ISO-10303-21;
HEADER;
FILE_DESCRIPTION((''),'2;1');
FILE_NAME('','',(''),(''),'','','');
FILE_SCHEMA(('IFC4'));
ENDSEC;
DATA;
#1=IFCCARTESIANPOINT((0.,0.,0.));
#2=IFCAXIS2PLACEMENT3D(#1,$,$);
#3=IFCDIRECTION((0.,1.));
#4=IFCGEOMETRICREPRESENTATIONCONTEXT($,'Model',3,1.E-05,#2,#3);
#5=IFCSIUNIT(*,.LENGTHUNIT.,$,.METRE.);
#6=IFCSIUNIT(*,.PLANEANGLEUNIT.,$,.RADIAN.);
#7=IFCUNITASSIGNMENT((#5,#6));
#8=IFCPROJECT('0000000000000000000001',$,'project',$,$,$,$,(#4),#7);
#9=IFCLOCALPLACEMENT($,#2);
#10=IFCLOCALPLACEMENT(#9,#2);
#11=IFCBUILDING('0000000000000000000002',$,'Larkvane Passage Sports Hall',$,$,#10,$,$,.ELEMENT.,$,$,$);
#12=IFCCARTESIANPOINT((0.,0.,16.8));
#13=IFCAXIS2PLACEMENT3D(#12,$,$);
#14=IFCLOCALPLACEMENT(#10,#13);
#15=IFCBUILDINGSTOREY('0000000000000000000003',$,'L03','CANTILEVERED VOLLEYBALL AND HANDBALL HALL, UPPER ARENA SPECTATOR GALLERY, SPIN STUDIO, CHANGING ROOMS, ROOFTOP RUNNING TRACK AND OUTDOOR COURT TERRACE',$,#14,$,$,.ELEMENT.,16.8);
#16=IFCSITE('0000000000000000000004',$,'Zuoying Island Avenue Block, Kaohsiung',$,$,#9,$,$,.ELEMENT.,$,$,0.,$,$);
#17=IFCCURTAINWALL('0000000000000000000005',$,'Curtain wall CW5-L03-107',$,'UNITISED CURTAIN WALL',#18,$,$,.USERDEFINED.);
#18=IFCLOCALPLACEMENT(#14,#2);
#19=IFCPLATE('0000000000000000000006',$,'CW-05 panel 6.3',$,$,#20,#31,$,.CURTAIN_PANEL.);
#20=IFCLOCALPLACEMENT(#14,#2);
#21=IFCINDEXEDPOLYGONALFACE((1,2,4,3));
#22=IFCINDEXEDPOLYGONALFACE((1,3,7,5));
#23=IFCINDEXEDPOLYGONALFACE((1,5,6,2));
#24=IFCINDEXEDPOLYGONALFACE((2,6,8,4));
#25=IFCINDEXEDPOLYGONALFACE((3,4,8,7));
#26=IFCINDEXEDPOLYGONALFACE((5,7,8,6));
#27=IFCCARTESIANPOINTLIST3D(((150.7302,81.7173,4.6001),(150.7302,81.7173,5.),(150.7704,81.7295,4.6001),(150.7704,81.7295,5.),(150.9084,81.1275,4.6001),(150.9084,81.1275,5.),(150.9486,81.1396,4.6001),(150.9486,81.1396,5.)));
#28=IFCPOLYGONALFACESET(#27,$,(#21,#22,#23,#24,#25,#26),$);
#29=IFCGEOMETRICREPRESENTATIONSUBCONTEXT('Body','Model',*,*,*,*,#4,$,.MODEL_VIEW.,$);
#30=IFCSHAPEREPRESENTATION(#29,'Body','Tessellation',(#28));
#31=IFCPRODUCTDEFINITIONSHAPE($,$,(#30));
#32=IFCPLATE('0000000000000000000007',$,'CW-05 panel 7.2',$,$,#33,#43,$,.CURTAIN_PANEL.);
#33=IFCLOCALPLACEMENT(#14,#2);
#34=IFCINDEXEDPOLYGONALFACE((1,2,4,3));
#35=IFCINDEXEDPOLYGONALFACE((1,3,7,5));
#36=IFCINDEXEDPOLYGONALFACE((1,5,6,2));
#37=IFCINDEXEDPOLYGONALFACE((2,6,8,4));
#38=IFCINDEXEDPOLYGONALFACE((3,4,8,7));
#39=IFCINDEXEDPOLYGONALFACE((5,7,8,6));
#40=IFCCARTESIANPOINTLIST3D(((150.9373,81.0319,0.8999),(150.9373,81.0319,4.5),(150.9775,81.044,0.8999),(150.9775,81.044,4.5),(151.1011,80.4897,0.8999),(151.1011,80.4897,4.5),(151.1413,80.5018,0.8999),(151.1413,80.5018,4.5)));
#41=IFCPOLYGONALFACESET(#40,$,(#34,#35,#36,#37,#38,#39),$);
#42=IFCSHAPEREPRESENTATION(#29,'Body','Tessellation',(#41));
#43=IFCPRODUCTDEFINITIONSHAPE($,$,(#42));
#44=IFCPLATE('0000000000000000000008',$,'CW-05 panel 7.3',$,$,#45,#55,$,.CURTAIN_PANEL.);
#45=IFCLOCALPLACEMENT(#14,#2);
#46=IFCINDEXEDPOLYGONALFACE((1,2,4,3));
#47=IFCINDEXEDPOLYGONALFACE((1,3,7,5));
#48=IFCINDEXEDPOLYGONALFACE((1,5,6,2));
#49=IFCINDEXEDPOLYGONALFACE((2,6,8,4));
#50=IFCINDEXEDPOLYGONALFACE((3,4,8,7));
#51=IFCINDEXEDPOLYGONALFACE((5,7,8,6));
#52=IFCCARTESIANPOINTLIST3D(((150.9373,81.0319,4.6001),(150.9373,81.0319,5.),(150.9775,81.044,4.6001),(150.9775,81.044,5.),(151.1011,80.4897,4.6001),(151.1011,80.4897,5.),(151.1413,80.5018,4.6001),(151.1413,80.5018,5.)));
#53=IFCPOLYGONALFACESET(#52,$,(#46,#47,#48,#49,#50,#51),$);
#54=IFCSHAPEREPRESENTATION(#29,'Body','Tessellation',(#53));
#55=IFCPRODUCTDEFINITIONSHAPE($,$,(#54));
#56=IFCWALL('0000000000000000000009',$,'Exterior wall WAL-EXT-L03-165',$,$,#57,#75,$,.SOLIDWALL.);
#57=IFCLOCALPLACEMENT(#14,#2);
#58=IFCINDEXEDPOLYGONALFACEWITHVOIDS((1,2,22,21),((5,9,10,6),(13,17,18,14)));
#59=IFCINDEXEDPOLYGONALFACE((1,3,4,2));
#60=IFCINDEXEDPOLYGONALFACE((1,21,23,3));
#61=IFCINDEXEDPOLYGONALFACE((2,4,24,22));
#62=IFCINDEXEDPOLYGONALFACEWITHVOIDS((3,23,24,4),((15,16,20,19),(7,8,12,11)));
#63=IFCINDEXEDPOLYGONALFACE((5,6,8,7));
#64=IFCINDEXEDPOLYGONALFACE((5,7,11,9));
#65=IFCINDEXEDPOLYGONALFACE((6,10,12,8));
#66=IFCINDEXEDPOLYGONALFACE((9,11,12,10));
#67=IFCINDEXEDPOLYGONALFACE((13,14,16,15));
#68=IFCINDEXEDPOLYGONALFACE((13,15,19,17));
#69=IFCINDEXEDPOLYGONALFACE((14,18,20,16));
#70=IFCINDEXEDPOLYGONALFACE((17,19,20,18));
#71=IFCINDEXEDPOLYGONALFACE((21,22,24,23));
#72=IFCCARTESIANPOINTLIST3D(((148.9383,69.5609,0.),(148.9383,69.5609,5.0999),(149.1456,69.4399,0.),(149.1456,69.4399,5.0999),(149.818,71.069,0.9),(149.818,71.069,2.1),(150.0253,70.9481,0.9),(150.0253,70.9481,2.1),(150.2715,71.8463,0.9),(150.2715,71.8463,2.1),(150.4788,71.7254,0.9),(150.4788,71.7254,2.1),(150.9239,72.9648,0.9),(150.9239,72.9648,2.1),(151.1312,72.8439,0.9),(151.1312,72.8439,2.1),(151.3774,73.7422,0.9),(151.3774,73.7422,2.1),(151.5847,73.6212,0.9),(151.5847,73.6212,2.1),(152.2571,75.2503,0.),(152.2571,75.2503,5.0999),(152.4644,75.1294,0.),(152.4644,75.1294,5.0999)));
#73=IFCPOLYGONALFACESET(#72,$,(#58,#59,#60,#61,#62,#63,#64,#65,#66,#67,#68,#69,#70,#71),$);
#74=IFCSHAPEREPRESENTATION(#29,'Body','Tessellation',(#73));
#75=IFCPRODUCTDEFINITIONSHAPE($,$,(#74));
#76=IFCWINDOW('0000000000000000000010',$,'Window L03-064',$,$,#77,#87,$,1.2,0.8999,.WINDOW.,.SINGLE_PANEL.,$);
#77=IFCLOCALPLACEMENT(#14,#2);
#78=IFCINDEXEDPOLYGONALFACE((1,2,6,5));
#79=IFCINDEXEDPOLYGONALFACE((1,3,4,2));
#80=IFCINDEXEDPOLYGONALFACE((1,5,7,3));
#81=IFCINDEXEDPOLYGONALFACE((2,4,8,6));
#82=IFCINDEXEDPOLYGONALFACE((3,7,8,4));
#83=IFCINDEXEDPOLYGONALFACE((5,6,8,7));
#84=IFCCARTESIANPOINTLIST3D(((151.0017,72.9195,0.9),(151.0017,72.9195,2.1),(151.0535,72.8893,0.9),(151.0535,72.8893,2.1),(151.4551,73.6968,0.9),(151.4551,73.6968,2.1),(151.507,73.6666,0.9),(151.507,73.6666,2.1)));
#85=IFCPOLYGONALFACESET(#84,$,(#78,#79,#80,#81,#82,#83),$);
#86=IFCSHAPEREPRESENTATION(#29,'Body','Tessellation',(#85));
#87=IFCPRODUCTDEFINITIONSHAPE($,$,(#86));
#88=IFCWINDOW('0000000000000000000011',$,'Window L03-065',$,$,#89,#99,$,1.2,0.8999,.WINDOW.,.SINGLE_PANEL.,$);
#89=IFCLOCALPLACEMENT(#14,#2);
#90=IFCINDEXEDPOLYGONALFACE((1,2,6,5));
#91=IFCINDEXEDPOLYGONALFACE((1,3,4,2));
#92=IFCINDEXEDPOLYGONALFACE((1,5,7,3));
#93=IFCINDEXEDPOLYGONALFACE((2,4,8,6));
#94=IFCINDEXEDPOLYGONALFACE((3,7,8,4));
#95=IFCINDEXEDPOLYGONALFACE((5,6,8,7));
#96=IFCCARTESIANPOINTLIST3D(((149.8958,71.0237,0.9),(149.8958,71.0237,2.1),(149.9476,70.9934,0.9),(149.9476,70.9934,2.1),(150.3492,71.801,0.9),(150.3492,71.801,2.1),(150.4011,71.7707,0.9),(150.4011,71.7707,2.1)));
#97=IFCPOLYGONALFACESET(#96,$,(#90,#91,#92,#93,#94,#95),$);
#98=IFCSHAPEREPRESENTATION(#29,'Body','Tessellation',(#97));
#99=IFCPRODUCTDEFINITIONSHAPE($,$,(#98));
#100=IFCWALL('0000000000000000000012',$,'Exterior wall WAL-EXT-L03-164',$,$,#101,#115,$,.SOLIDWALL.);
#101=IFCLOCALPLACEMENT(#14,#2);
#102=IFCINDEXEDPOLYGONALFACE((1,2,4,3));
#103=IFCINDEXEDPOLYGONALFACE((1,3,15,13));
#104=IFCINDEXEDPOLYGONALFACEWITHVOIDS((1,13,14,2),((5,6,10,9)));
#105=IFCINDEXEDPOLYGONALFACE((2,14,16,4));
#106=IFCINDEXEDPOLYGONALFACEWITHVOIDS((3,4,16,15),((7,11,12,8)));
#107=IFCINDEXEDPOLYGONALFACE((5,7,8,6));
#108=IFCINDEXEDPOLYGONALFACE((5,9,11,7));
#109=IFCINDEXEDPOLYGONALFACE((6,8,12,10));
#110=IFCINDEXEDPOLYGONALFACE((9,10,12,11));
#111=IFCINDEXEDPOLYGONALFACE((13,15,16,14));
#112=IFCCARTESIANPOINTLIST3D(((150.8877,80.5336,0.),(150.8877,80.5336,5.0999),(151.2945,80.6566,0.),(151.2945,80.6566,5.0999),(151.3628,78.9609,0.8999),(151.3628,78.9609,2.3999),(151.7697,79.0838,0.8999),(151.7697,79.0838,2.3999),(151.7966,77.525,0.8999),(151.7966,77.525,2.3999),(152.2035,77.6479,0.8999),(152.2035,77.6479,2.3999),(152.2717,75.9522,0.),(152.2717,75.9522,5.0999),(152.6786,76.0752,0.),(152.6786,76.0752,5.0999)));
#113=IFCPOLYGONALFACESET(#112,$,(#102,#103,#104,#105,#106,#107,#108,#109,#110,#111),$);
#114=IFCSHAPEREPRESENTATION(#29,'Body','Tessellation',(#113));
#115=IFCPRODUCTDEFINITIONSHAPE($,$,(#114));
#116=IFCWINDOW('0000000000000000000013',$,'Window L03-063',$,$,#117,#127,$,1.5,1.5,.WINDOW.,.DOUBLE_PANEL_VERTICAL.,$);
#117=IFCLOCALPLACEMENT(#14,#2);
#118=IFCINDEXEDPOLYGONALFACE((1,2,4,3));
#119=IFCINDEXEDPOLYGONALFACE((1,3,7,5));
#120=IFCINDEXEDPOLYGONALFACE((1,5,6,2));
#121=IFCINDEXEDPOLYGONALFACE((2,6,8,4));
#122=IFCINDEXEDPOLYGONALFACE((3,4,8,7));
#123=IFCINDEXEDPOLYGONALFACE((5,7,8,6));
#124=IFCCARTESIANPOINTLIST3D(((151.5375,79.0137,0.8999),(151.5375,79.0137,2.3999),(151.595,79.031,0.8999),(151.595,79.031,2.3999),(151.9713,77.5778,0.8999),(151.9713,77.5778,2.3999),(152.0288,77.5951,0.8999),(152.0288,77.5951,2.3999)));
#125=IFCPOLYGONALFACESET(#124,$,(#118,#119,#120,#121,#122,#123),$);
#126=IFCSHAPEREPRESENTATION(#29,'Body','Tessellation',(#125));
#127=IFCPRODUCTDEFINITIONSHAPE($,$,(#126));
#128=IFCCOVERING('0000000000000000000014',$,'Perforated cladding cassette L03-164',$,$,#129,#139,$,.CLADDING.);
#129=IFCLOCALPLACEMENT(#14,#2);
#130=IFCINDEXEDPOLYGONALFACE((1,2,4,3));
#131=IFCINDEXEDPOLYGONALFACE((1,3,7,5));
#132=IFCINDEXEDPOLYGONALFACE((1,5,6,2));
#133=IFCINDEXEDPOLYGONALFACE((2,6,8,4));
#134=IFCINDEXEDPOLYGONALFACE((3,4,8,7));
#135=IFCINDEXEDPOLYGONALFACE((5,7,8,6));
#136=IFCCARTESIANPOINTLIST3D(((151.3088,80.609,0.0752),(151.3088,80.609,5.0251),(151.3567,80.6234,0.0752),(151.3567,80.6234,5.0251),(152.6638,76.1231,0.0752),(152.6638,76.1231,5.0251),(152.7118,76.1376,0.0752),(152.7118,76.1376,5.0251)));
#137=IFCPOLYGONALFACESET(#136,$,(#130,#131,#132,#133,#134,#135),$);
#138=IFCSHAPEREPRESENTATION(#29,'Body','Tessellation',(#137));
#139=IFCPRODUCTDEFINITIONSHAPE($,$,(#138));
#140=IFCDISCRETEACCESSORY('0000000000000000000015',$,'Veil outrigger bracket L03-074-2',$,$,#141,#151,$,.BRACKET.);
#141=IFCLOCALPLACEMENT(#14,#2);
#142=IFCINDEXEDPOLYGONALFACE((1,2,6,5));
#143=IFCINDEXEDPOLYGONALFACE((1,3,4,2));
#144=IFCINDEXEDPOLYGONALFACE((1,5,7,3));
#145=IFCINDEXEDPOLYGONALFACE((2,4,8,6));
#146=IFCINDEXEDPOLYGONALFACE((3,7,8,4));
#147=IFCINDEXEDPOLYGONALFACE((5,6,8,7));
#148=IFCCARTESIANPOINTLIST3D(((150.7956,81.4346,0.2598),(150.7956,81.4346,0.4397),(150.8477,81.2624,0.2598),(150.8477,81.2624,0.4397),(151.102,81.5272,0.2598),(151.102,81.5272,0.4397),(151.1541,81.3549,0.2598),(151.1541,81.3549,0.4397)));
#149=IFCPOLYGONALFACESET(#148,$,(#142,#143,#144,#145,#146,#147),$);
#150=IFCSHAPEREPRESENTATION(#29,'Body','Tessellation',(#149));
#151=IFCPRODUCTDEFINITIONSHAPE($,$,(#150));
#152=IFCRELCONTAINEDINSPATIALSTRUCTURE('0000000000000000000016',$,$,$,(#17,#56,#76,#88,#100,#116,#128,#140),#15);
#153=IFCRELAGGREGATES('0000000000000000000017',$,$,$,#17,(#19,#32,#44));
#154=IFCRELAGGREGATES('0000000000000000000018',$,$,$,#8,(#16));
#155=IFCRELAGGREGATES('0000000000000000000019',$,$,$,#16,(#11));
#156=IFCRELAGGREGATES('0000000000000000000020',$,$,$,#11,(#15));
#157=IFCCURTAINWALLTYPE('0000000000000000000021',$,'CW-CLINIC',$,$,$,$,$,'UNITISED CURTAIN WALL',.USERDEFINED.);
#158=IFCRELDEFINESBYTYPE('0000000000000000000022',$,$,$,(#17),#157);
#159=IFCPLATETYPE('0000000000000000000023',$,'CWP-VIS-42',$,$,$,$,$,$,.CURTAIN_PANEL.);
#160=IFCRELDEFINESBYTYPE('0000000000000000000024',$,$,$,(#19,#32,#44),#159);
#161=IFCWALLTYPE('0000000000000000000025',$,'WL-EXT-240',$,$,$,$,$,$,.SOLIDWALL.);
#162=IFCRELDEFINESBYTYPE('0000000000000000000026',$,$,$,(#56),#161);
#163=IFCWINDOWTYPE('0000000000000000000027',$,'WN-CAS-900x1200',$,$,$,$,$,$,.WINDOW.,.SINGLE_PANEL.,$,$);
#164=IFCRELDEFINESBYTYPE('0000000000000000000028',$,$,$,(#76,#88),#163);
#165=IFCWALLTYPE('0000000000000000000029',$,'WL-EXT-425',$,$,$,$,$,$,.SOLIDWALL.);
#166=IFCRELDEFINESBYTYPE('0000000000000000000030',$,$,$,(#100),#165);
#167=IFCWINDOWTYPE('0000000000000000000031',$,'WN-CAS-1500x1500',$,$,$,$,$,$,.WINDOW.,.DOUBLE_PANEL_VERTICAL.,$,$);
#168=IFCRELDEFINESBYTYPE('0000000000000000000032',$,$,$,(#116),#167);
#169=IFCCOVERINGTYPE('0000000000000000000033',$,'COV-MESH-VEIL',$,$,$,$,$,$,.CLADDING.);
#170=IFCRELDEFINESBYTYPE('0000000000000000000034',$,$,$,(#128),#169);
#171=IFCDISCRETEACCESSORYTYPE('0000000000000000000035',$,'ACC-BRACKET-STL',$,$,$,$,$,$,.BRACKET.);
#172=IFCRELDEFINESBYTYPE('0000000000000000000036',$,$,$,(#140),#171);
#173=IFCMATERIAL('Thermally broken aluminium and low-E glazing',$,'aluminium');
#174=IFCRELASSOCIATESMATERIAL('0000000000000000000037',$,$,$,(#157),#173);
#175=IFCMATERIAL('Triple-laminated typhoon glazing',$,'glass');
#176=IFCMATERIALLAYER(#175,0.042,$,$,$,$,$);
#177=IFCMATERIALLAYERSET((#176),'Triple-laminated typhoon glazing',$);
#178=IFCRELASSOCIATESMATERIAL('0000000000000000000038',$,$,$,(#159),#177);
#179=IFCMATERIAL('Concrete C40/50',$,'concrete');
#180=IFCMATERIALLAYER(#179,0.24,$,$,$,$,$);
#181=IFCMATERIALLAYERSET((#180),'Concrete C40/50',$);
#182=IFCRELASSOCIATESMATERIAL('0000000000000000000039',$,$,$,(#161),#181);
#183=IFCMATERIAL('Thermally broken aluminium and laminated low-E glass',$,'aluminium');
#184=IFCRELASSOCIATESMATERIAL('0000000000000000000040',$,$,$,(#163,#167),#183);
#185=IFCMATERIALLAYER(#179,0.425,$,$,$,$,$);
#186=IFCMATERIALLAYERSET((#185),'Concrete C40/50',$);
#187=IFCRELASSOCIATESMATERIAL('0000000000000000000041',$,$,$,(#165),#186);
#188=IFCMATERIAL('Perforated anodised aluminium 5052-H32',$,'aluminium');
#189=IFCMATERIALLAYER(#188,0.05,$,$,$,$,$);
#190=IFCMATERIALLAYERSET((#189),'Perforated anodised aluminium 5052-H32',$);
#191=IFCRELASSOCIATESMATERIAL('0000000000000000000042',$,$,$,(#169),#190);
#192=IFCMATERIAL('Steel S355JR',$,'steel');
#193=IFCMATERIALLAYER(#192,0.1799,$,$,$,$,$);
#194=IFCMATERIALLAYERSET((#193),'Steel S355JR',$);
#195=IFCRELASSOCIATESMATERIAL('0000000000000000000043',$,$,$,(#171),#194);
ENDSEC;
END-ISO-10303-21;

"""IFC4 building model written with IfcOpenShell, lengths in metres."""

from ifc_helpers import new_model, si_unit, direction, frame, frame_2d, origin, origin_2d, place, context, subcontext, project, spatial, rectangle, extrude, material, layer, layer_set, type_object, element, fill, aggregate, save


model = new_model("IFC4")

# Units and contexts
model_context = context("Model", 3, precision=1e-05, world=origin(), true_north=direction((0.0, 1.0)))
body_context = subcontext(model_context, "Body", "Model", "MODEL_VIEW")
ifc_project = project(units=[si_unit("LENGTHUNIT", "METRE"), si_unit("PLANEANGLEUNIT", "RADIAN")], contexts=[model_context])

# Site, building, storey
site_placement = place(None, origin())
site = spatial("IfcSite", under=ifc_project, at=site_placement, Name="Zuoying Island Avenue Block, Kaohsiung", CompositionType="ELEMENT", RefElevation=0.0)
building_placement = place(site_placement, origin())
building = spatial("IfcBuilding", under=site, at=building_placement, Name="Larkvane Passage Sports Hall", CompositionType="ELEMENT")
storey_placement = place(building_placement, frame((0.0, 0.0, 16.8)))
storey = spatial("IfcBuildingStorey", under=building, at=storey_placement, Name="L03", Description="CANTILEVERED VOLLEYBALL AND HANDBALL HALL, UPPER ARENA SPECTATOR GALLERY, SPIN STUDIO, CHANGING ROOMS, ROOFTOP RUNNING TRACK AND OUTDOOR COURT TERRACE", CompositionType="ELEMENT", Elevation=16.8)

# Shared definitions
ifc_material_1 = material(Name="Concrete C40/50", Category="concrete")

# Curtain wall
ifc_material_2 = material(Name="Thermally broken aluminium and low-E glazing", Category="aluminium")
curtain_wall_type_1 = type_object("IfcCurtainWallType", Name="CW-CLINIC", ElementType="UNITISED CURTAIN WALL", PredefinedType="USERDEFINED", material=ifc_material_2)
curtain_wall_1_placement = place(storey_placement, origin())
curtain_wall_1 = element("IfcCurtainWall", 1, at=curtain_wall_1_placement, inside=storey, type_object=curtain_wall_type_1, Name="Curtain wall CW5-L03-107", ObjectType="UNITISED CURTAIN WALL", PredefinedType="USERDEFINED")

# Plates
ifc_material_3 = material(Name="Triple-laminated typhoon glazing", Category="glass")
ifc_layer_1 = layer(ifc_material_3, 0.042)
ifc_layer_set_1 = layer_set([ifc_layer_1], Name="Triple-laminated typhoon glazing")
plate_type_1 = type_object("IfcPlateType", Name="CWP-VIS-42", PredefinedType="CURTAIN_PANEL", material=ifc_layer_set_1)
plate_1_placement = place(storey_placement, frame((150.8394, 81.4285, 4.6001), z_axis=(0.0, 0.0, 1.0), x_axis=(0.289177, -0.957276, 0.0)))
plate_1 = element("IfcPlate", 2, at=plate_1_placement, type_object=plate_type_1, Name="CW-05 panel 6.3", PredefinedType="CURTAIN_PANEL", context=body_context, shape_type="SweptSolid", body=[
    extrude(rectangle(XDim=0.6162, YDim=0.042, at=origin_2d()), origin(), (0.0, 0.0, 1.0), 0.3999),
])
plate_2_placement = place(storey_placement, frame((151.0393, 80.7668, 0.8999), z_axis=(0.0, 0.0, 1.0), x_axis=(0.289177, -0.957276, 0.0)))
plate_2 = element("IfcPlate", 3, at=plate_2_placement, type_object=plate_type_1, Name="CW-05 panel 7.2", PredefinedType="CURTAIN_PANEL", context=body_context, shape_type="SweptSolid", body=[
    extrude(rectangle(XDim=0.5664, YDim=0.042, at=origin_2d()), origin(), (0.0, 0.0, 1.0), 3.6001),
])
plate_3_placement = place(storey_placement, frame((151.0393, 80.7668, 4.6001), z_axis=(0.0, 0.0, 1.0), x_axis=(0.289177, -0.957276, 0.0)))
plate_3 = element("IfcPlate", 4, at=plate_3_placement, type_object=plate_type_1, Name="CW-05 panel 7.3", PredefinedType="CURTAIN_PANEL", context=body_context, shape_type="SweptSolid", body=[
    extrude(rectangle(XDim=0.5664, YDim=0.042, at=origin_2d()), origin(), (0.0, 0.0, 1.0), 0.3999),
])
aggregate(curtain_wall_1, [plate_1, plate_2, plate_3])

# Wall, openings, windows
ifc_layer_2 = layer(ifc_material_1, 0.24)
ifc_layer_set_2 = layer_set([ifc_layer_2], Name="Concrete C40/50")
wall_type_1 = type_object("IfcWallType", Name="WL-EXT-240", PredefinedType="SOLIDWALL", material=ifc_layer_set_2)
wall_1_placement = place(storey_placement, frame((152.3608, 75.1899, 0.0), z_axis=(0.0, 0.0, 1.0), x_axis=(-0.503871, -0.863779, 0.0)))
wall_1 = element("IfcWall", 5, at=wall_1_placement, inside=storey, type_object=wall_type_1, Name="Exterior wall WAL-EXT-L03-165", PredefinedType="SOLIDWALL", context=body_context, shape_type="SweptSolid", body=[
    extrude(rectangle(XDim=6.5867, YDim=0.24, at=frame_2d((3.2935, 0.0))), origin(), (0.0, 0.0, 1.0), 5.0999),
])
opening_1_placement = place(wall_1_placement, frame((1.7461, 0.0, 0.8999)))
opening_1 = element("IfcOpeningElement", 6, at=opening_1_placement, cuts=wall_1, PredefinedType="OPENING", context=body_context, shape_type="SweptSolid", body=[
    extrude(rectangle(XDim=0.8999, YDim=1.2, at=frame_2d((0.45, 0.6001))), frame((0.0, 0.1299, 0.0), z_axis=(0.0, -1.0, 0.0), x_axis=(1.0, 0.0, 0.0)), (0.0, 0.0, 1.0), 0.26),
])
opening_2_placement = place(wall_1_placement, frame((3.9409, 0.0, 0.8999)))
opening_2 = element("IfcOpeningElement", 7, at=opening_2_placement, cuts=wall_1, PredefinedType="OPENING", context=body_context, shape_type="SweptSolid", body=[
    extrude(rectangle(XDim=0.8999, YDim=1.2, at=frame_2d((0.45, 0.6001))), frame((0.0, 0.1299, 0.0), z_axis=(0.0, -1.0, 0.0), x_axis=(1.0, 0.0, 0.0)), (0.0, 0.0, 1.0), 0.26),
])
ifc_material_4 = material(Name="Thermally broken aluminium and laminated low-E glass", Category="aluminium")
window_type_1 = type_object("IfcWindowType", Name="WN-CAS-900x1200", PartitioningType="SINGLE_PANEL", PredefinedType="WINDOW", material=ifc_material_4)
window_1_placement = place(opening_1_placement, origin())
window_1 = element("IfcWindow", 8, at=window_1_placement, inside=storey, type_object=window_type_1, Name="Window L03-064", OverallHeight=1.2, OverallWidth=0.8999, PartitioningType="SINGLE_PANEL", PredefinedType="WINDOW", context=body_context, shape_type="SweptSolid", body=[
    extrude(rectangle(XDim=0.8999, YDim=1.2, at=frame_2d((0.45, 0.6001))), frame((0.0, 0.03, 0.0), z_axis=(0.0, -1.0, 0.0), x_axis=(1.0, 0.0, 0.0)), (0.0, 0.0, 1.0), 0.0601),
])
fill(opening_1, window_1)
window_2_placement = place(opening_2_placement, origin())
window_2 = element("IfcWindow", 9, at=window_2_placement, inside=storey, type_object=window_type_1, Name="Window L03-065", OverallHeight=1.2, OverallWidth=0.8999, PartitioningType="SINGLE_PANEL", PredefinedType="WINDOW", context=body_context, shape_type="SweptSolid", body=[
    extrude(rectangle(XDim=0.8999, YDim=1.2, at=frame_2d((0.45, 0.6001))), frame((0.0, 0.03, 0.0), z_axis=(0.0, -1.0, 0.0), x_axis=(1.0, 0.0, 0.0)), (0.0, 0.0, 1.0), 0.0601),
])
fill(opening_2, window_2)

# Wall, opening, window
ifc_layer_3 = layer(ifc_material_1, 0.425)
ifc_layer_set_3 = layer_set([ifc_layer_3], Name="Concrete C40/50")
wall_type_2 = type_object("IfcWallType", Name="WL-EXT-425", PredefinedType="SOLIDWALL", material=ifc_layer_set_3)
wall_2_placement = place(storey_placement, frame((151.0911, 80.5952, 0.0), z_axis=(0.0, 0.0, 1.0), x_axis=(0.289196, -0.95727, 0.0)))
wall_2 = element("IfcWall", 10, at=wall_2_placement, inside=storey, type_object=wall_type_2, Name="Exterior wall WAL-EXT-L03-164", PredefinedType="SOLIDWALL", context=body_context, shape_type="SweptSolid", body=[
    extrude(rectangle(XDim=4.7859, YDim=0.425, at=frame_2d((2.3931, 0.0))), origin(), (0.0, 0.0, 1.0), 5.0999),
])
opening_3_placement = place(wall_2_placement, frame((1.6431, 0.0, 0.8999)))
opening_3 = element("IfcOpeningElement", 11, at=opening_3_placement, cuts=wall_2, PredefinedType="OPENING", context=body_context, shape_type="SweptSolid", body=[
    extrude(rectangle(XDim=1.5, YDim=1.5, at=frame_2d((0.75, 0.75))), frame((0.0, 0.2224, 0.0), z_axis=(0.0, -1.0, 0.0), x_axis=(1.0, 0.0, 0.0)), (0.0, 0.0, 1.0), 0.4451),
])
window_type_2 = type_object("IfcWindowType", Name="WN-CAS-1500x1500", PartitioningType="DOUBLE_PANEL_VERTICAL", PredefinedType="WINDOW", material=ifc_material_4)
window_3_placement = place(opening_3_placement, origin())
window_3 = element("IfcWindow", 12, at=window_3_placement, inside=storey, type_object=window_type_2, Name="Window L03-063", OverallHeight=1.5, OverallWidth=1.5, PartitioningType="DOUBLE_PANEL_VERTICAL", PredefinedType="WINDOW", context=body_context, shape_type="SweptSolid", body=[
    extrude(rectangle(XDim=1.5, YDim=1.5, at=frame_2d((0.75, 0.75))), frame((0.0, 0.03, 0.0), z_axis=(0.0, -1.0, 0.0), x_axis=(1.0, 0.0, 0.0)), (0.0, 0.0, 1.0), 0.0601),
])
fill(opening_3, window_3)

# Covering
ifc_material_5 = material(Name="Perforated anodised aluminium 5052-H32", Category="aluminium")
ifc_layer_4 = layer(ifc_material_5, 0.05)
ifc_layer_set_4 = layer_set([ifc_layer_4], Name="Perforated anodised aluminium 5052-H32")
covering_type = type_object("IfcCoveringType", Name="COV-MESH-VEIL", PredefinedType="CLADDING", material=ifc_layer_set_4)
covering_placement = place(storey_placement, frame((152.0103, 78.3733, 0.0752), z_axis=(0.0, 0.0, 1.0), x_axis=(0.289177, -0.957276, 0.0)))
element("IfcCovering", 13, at=covering_placement, inside=storey, type_object=covering_type, Name="Perforated cladding cassette L03-164", PredefinedType="CLADDING", context=body_context, shape_type="SweptSolid", body=[
    extrude(rectangle(XDim=4.686, YDim=0.05, at=origin_2d()), origin(), (0.0, 0.0, 1.0), 4.95),
])

# Discrete accessory
ifc_material_6 = material(Name="Steel S355JR", Category="steel")
ifc_layer_5 = layer(ifc_material_6, 0.1799)
ifc_layer_set_5 = layer_set([ifc_layer_5], Name="Steel S355JR")
discrete_accessory_type = type_object("IfcDiscreteAccessoryType", Name="ACC-BRACKET-STL", PredefinedType="BRACKET", material=ifc_layer_set_5)
discrete_accessory_placement = place(storey_placement, frame((150.9749, 81.3948, 0.2598), z_axis=(0.0, 0.0, 1.0), x_axis=(0.289177, -0.957276, 0.0)))
element("IfcDiscreteAccessory", 14, at=discrete_accessory_placement, inside=storey, type_object=discrete_accessory_type, Name="Veil outrigger bracket L03-074-2", PredefinedType="BRACKET", context=body_context, shape_type="SweptSolid", body=[
    extrude(rectangle(XDim=0.1799, YDim=0.3201, at=origin_2d()), origin(), (0.0, 0.0, 1.0), 0.1799),
])

save(model, "model.ifc")
